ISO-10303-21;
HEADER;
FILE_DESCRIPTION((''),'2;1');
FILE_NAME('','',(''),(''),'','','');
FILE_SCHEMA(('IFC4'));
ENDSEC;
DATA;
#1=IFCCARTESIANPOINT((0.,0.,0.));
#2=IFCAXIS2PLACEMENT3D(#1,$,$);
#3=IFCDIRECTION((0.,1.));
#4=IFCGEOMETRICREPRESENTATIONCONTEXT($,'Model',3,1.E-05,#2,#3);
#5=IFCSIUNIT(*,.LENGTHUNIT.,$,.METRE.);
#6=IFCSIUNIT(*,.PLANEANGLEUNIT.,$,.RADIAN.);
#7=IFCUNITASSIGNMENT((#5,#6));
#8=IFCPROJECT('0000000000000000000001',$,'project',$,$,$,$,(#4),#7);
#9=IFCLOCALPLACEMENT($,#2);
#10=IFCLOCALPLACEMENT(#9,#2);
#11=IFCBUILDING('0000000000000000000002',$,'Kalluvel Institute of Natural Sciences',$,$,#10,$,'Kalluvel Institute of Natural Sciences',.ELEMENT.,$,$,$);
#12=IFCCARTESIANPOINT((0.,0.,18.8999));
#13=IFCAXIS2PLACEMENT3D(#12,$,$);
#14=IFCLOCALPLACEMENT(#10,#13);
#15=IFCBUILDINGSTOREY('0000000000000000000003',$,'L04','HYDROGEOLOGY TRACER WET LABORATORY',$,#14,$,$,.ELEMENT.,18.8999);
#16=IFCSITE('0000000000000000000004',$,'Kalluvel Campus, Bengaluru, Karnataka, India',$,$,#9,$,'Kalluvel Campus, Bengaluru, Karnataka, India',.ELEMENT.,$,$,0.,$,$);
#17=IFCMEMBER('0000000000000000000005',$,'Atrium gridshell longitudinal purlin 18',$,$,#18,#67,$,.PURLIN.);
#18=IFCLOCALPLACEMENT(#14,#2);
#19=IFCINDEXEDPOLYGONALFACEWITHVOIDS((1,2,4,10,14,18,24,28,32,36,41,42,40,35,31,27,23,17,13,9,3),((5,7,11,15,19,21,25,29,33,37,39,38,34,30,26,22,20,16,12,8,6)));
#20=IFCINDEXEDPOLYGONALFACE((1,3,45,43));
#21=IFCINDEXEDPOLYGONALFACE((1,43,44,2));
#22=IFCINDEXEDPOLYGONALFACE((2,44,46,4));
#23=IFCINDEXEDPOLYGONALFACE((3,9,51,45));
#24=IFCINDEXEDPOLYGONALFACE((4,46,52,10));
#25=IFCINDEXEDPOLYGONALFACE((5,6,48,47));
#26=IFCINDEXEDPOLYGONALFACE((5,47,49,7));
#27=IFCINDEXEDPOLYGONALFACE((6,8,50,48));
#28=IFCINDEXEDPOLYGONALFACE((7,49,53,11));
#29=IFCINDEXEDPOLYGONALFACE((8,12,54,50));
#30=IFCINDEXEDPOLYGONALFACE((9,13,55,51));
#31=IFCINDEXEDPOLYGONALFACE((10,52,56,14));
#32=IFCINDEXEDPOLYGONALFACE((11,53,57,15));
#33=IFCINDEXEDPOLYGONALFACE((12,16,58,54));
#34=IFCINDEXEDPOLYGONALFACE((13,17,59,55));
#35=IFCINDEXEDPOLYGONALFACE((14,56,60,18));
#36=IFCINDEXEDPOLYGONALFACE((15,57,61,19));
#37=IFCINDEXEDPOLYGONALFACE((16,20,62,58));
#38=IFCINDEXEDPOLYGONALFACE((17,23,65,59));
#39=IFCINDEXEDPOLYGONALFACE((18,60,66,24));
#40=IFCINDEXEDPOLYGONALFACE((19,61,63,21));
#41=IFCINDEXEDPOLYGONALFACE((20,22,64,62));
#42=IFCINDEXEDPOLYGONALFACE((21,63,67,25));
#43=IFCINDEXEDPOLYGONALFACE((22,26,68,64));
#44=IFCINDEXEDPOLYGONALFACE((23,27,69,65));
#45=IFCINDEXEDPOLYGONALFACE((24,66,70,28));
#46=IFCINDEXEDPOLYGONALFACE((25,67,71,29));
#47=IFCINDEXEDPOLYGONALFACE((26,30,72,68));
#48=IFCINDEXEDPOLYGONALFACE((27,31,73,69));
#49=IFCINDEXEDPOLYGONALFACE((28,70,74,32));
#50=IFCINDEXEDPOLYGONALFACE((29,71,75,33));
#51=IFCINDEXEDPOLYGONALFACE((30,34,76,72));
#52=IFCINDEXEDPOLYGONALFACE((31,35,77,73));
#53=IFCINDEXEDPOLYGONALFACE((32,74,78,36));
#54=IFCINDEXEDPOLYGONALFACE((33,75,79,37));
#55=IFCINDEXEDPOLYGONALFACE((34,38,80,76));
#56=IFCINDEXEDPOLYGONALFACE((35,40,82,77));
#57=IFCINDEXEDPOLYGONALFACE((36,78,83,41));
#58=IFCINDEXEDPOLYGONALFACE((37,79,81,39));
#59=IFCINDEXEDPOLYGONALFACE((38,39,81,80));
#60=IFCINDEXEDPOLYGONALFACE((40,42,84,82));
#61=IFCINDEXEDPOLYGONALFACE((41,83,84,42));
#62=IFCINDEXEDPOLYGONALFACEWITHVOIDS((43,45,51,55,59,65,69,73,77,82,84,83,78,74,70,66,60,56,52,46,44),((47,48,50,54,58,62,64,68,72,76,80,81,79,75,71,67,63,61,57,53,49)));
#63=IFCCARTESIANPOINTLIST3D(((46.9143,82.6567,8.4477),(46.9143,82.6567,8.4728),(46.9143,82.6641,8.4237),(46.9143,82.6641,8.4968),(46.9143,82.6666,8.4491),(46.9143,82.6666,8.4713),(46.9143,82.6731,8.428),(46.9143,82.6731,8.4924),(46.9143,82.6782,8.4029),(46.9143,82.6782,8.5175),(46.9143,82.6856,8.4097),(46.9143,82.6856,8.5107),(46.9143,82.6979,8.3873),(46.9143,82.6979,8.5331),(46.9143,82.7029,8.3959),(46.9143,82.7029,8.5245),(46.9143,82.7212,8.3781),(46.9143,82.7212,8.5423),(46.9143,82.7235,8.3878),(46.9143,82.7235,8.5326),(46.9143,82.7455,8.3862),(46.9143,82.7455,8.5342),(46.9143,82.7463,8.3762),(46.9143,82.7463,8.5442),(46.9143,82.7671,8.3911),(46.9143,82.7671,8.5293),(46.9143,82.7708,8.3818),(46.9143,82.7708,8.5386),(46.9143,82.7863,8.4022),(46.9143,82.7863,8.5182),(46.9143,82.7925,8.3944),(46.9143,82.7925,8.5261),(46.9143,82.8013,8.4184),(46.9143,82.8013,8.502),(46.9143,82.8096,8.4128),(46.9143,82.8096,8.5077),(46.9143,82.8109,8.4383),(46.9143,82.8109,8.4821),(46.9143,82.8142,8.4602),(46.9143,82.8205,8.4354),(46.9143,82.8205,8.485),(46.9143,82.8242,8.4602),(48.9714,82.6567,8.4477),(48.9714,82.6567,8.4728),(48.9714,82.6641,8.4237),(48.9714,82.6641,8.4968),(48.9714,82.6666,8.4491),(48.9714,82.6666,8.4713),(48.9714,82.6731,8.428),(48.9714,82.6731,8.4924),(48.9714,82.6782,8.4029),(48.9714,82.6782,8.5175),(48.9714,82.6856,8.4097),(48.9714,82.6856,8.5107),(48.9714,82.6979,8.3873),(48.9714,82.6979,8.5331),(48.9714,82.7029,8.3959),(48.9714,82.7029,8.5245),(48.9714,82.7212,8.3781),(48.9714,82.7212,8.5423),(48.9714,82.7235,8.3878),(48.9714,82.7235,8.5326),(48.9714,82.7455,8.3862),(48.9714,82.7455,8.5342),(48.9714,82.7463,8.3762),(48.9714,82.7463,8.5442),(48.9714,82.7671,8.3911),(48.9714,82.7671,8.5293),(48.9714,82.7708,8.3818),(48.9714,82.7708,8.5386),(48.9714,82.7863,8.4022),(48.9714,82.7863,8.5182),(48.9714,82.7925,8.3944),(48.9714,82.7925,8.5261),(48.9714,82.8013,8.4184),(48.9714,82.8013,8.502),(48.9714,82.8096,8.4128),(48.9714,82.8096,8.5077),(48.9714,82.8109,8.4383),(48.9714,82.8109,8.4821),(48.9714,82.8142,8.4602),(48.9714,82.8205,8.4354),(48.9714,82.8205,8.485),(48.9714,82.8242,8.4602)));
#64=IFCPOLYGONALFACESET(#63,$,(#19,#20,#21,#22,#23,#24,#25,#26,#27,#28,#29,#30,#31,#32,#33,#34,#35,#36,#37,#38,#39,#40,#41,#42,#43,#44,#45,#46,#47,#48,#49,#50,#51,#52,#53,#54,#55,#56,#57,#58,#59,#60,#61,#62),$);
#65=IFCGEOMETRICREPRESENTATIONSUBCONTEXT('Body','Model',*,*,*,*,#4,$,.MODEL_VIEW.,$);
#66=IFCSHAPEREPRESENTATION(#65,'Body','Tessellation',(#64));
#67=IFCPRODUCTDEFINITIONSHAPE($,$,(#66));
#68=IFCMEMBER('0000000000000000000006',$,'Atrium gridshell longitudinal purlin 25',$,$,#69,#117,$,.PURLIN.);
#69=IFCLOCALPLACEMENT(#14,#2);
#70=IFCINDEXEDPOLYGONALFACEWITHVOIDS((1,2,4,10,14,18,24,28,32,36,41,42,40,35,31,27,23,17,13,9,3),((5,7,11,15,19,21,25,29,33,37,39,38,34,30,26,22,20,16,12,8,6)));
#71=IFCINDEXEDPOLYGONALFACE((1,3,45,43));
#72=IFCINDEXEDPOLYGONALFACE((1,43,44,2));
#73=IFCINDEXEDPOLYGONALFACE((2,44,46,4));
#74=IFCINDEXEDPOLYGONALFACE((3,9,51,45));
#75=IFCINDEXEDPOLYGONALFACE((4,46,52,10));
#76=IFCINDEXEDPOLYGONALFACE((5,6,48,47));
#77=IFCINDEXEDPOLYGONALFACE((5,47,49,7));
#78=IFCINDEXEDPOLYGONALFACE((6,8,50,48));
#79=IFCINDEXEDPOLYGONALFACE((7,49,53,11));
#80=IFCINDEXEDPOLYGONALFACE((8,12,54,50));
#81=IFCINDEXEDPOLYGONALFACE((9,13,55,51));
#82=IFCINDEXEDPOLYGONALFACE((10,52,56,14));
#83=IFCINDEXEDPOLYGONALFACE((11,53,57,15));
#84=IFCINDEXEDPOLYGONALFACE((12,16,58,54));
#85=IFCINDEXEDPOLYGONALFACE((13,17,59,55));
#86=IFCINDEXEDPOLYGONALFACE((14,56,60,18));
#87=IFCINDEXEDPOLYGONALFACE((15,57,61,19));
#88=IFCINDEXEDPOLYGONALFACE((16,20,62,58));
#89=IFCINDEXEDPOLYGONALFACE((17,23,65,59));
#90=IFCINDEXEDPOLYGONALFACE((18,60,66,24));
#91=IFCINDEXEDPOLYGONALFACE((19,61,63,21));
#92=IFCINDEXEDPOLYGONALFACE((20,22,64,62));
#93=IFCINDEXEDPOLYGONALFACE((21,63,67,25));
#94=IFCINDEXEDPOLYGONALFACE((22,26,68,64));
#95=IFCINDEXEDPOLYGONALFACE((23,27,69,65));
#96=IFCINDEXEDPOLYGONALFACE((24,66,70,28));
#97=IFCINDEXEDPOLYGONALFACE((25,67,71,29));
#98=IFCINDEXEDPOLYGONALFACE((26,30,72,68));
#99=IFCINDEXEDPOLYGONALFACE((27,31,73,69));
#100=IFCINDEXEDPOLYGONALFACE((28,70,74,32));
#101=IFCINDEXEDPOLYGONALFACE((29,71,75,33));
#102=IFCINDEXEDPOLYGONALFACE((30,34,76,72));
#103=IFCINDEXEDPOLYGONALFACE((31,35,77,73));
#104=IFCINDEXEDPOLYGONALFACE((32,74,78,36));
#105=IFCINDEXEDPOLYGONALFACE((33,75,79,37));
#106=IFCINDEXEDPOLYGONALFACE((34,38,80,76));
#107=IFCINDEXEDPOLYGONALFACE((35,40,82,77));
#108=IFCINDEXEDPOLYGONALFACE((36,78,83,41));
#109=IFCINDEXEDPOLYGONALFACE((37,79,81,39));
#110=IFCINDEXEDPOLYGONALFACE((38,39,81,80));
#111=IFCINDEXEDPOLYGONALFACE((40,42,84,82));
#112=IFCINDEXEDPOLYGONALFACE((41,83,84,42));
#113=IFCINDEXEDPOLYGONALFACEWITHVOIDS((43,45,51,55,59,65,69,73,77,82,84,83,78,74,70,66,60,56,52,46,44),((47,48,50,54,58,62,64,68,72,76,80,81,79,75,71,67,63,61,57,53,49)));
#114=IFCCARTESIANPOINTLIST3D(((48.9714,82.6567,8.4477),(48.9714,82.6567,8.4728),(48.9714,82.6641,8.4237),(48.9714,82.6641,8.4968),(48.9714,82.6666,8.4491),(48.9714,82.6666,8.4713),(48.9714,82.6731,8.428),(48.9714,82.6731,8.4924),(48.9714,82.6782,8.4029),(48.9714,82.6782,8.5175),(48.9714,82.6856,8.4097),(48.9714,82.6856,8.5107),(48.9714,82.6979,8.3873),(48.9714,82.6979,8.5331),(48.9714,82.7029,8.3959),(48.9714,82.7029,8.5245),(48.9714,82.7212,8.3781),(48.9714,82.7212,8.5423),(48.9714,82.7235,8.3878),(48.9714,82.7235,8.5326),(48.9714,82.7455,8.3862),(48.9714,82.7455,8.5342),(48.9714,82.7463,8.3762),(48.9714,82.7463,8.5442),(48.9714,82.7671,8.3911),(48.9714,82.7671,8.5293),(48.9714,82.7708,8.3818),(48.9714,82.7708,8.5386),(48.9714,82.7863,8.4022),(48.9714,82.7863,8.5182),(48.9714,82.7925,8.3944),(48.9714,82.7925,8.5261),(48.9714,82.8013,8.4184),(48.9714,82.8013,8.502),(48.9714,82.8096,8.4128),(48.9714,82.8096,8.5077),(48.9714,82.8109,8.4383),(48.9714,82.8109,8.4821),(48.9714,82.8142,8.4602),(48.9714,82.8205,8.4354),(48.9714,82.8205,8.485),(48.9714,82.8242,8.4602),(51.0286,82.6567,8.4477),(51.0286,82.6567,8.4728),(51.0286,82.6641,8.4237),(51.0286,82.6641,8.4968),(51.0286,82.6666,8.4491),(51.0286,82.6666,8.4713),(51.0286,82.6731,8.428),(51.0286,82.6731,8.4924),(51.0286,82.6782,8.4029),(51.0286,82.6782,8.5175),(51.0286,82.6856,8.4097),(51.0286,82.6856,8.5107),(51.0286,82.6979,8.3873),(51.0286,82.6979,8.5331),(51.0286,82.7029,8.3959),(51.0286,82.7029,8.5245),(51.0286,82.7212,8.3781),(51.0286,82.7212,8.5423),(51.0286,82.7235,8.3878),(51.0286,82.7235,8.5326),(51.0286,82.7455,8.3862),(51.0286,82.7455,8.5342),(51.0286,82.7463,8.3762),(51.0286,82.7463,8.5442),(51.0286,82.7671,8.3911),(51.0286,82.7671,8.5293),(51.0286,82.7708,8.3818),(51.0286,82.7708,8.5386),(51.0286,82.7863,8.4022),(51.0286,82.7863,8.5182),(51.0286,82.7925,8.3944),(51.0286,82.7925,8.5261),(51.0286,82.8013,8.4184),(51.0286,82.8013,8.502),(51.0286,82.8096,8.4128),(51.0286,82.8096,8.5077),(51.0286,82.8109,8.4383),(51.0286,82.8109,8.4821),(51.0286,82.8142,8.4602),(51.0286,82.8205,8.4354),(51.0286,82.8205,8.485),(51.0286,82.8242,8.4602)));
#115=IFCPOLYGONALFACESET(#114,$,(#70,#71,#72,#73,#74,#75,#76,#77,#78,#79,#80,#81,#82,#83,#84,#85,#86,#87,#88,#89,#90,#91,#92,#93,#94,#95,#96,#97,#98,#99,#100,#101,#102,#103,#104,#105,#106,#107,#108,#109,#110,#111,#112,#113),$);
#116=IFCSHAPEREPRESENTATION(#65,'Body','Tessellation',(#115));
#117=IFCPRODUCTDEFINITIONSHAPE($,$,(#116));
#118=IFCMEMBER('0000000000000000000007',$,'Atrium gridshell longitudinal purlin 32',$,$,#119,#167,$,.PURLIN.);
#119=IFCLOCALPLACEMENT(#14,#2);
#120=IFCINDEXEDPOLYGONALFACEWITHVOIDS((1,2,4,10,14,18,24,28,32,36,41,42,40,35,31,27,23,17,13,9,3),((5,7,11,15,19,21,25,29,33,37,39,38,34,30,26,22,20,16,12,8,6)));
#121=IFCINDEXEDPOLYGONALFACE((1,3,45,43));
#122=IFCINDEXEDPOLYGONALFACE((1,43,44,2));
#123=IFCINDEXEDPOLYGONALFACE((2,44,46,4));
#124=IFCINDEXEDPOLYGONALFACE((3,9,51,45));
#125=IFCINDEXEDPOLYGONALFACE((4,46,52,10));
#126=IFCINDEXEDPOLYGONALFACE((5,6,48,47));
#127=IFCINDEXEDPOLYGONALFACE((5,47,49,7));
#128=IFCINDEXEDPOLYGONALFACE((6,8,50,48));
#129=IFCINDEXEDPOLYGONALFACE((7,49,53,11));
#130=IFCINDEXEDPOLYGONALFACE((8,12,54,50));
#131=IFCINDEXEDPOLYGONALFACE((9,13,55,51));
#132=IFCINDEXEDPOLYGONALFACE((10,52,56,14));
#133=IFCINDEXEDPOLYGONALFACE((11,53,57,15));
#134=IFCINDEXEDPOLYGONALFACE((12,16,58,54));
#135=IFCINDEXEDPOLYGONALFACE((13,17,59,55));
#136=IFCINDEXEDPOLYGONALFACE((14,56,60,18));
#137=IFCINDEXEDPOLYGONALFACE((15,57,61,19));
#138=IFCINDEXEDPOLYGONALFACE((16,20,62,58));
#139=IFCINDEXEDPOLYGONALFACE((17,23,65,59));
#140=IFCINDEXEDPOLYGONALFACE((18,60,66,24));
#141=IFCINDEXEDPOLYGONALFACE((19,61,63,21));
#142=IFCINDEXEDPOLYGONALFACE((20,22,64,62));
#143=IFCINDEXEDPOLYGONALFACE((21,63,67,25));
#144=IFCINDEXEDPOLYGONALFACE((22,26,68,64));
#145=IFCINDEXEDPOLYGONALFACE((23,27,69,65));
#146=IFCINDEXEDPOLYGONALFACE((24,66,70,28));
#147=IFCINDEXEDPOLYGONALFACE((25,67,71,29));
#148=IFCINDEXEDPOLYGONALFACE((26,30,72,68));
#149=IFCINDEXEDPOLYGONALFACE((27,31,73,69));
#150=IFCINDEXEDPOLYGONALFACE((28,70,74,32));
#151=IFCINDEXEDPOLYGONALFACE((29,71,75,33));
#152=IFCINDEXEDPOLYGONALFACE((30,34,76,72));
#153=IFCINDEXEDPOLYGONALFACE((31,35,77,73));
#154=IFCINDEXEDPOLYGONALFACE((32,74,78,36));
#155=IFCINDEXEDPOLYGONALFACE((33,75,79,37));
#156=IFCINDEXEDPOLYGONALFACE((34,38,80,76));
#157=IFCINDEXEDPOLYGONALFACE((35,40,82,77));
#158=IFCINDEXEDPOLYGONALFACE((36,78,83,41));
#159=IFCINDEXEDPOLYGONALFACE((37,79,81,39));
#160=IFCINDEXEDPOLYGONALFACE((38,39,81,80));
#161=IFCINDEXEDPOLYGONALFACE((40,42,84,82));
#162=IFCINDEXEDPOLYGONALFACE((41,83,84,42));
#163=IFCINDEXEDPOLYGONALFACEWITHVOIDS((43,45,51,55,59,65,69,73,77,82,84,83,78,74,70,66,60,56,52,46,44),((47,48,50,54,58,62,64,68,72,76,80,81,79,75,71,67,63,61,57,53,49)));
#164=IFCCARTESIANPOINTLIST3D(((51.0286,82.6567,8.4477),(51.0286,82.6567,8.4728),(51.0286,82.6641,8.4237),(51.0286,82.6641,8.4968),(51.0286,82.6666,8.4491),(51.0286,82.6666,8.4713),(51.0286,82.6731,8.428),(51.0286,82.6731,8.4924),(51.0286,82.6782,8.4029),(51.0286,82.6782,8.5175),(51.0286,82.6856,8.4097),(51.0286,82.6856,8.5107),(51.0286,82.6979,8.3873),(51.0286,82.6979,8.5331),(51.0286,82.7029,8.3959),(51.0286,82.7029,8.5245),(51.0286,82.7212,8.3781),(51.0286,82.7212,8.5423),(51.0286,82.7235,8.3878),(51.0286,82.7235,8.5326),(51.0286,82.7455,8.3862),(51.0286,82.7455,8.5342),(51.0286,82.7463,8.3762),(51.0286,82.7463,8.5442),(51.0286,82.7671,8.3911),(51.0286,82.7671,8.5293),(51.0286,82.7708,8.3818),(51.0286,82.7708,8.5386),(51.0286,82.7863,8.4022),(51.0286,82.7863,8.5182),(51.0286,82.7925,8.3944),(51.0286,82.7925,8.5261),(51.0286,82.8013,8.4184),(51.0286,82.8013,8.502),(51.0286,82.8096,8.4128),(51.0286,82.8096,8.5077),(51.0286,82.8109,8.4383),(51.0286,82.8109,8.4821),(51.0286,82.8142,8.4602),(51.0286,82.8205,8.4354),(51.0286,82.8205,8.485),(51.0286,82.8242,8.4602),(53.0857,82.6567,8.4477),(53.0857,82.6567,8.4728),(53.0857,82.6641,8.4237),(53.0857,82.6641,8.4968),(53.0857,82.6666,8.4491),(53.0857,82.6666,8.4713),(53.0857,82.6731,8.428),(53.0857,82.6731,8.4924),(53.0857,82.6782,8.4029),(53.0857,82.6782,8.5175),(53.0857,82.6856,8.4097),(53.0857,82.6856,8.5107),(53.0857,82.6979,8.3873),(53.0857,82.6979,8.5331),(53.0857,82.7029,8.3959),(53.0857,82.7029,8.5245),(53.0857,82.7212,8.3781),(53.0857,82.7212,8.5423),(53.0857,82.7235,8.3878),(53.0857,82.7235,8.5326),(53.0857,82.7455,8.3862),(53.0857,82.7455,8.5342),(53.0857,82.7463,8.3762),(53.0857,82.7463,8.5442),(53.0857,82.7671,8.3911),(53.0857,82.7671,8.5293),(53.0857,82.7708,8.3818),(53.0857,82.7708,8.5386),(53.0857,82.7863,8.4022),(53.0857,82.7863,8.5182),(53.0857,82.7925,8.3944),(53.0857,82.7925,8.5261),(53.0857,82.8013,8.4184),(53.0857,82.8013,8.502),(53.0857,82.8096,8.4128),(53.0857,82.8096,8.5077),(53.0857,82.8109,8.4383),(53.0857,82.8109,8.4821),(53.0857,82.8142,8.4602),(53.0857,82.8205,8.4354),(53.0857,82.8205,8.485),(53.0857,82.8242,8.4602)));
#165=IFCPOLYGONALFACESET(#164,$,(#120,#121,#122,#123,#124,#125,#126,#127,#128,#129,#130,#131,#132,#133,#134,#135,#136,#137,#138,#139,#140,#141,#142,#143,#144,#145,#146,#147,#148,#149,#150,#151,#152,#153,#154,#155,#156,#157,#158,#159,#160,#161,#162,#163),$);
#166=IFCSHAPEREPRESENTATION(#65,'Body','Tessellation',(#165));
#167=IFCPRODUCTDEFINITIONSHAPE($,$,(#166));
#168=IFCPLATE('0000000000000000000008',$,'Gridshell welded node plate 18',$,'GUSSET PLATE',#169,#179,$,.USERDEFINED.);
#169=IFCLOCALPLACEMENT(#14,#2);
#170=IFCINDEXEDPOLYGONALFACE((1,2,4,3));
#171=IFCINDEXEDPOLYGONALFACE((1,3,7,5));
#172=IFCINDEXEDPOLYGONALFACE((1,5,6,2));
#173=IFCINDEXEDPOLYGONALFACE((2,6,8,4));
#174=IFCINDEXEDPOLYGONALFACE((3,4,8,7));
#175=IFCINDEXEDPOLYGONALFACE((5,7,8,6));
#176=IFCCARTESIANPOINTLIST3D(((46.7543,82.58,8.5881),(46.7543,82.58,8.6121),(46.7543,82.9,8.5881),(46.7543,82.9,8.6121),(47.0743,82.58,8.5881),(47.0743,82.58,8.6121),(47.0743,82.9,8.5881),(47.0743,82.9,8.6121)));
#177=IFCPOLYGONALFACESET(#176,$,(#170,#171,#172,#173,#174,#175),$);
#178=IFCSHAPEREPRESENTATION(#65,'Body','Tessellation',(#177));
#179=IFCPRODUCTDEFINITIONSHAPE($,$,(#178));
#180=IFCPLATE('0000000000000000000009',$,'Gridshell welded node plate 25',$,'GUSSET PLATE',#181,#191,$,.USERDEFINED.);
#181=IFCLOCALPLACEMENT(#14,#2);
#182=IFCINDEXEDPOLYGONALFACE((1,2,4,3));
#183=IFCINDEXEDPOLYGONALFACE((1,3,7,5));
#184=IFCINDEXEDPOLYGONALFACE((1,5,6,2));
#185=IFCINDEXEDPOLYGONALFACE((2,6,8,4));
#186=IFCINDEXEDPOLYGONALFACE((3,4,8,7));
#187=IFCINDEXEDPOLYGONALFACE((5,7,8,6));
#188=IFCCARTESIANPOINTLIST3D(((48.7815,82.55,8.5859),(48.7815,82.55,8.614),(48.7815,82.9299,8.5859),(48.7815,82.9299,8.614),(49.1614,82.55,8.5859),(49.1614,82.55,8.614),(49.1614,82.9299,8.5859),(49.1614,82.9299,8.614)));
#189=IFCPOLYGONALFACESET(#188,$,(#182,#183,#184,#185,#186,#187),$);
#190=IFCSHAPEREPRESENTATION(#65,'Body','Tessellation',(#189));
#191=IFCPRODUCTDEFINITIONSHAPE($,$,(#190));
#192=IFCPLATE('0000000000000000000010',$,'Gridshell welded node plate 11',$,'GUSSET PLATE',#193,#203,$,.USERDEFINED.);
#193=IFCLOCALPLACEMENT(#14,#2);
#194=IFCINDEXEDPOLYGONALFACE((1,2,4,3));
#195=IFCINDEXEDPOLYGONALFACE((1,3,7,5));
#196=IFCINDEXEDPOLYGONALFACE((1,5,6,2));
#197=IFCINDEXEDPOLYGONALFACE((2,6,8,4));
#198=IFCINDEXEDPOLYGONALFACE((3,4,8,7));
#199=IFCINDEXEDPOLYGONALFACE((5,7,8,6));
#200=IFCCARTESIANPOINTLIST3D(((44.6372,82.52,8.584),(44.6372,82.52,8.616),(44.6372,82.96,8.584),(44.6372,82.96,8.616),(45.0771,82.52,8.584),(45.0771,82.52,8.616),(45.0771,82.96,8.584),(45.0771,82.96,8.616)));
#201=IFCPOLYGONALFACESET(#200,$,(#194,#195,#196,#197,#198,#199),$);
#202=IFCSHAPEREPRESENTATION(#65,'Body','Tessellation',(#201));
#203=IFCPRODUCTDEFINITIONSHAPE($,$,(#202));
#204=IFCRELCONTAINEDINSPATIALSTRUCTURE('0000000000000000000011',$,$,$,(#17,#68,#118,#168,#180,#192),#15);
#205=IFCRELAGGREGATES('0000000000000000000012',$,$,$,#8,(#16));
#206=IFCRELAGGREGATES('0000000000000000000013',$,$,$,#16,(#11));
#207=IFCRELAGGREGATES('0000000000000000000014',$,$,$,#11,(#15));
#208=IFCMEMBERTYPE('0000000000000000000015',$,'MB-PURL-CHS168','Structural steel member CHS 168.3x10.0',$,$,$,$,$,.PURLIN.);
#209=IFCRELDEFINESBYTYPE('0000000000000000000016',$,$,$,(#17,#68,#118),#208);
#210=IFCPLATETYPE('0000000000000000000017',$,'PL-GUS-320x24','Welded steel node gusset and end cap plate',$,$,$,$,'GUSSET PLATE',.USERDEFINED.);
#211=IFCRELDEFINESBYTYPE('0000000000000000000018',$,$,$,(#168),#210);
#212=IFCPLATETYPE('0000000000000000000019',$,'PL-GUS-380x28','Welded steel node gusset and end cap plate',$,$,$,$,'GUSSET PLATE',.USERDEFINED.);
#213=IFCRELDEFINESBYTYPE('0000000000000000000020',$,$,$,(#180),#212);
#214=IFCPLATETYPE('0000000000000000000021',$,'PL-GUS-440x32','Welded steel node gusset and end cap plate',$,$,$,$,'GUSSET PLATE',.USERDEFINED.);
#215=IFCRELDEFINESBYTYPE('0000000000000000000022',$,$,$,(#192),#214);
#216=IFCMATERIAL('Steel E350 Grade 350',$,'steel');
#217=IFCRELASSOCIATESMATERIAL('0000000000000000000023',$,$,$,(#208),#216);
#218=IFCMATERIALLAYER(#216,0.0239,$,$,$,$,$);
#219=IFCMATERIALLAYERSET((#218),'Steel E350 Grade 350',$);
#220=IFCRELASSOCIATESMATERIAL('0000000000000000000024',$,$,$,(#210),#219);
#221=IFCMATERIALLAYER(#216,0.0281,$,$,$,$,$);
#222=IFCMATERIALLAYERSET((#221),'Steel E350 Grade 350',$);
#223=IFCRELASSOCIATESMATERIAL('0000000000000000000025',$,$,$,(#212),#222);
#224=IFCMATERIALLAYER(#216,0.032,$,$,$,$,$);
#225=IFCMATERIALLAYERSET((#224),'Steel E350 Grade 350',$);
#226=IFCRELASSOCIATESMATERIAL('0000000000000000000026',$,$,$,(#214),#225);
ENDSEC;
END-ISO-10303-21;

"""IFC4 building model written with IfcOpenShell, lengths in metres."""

from ifc_helpers import new_model, si_unit, direction, frame, origin, origin_2d, place, context, subcontext, project, spatial, rectangle, hollow_circle, extrude, material, layer, layer_set, material_profile, profile_set, type_object, element, save


model = new_model("IFC4")

# Units and contexts
model_context = context("Model", 3, precision=1e-05, world=origin(), true_north=direction((0.0, 1.0)))
body_context = subcontext(model_context, "Body", "Model", "MODEL_VIEW")
ifc_project = project(units=[si_unit("LENGTHUNIT", "METRE"), si_unit("PLANEANGLEUNIT", "RADIAN")], contexts=[model_context])

# Site, building, storey
site_placement = place(None, origin())
site = spatial("IfcSite", under=ifc_project, at=site_placement, Name="Kalluvel Campus, Bengaluru, Karnataka, India", LongName="Kalluvel Campus, Bengaluru, Karnataka, India", CompositionType="ELEMENT", RefElevation=0.0)
building_placement = place(site_placement, origin())
building = spatial("IfcBuilding", under=site, at=building_placement, Name="Kalluvel Institute of Natural Sciences", LongName="Kalluvel Institute of Natural Sciences", CompositionType="ELEMENT")
storey_placement = place(building_placement, frame((0.0, 0.0, 18.8999)))
storey = spatial("IfcBuildingStorey", under=building, at=storey_placement, Name="L04", Description="HYDROGEOLOGY TRACER WET LABORATORY", CompositionType="ELEMENT", Elevation=18.8999)

# Members
ifc_material_1 = material(Name="Steel E350 Grade 350", Category="steel")
ifc_material_profile_1 = material_profile(ifc_material_1, hollow_circle(Radius=0.0842, WallThickness=0.01, at=origin_2d()), Name="CHS 168.3x10.0")
ifc_profile_set_1 = profile_set([ifc_material_profile_1], Name="Steel E350 Grade 350")
member_type_1 = type_object("IfcMemberType", Name="MB-PURL-CHS168", Description="Structural steel member CHS 168.3x10.0", PredefinedType="PURLIN", material=ifc_profile_set_1)
for number, where, z_axis, x_axis, name in (
    (1, (46.9143, 82.74, 8.4602), (1.0, 0.0, 0.0), (0.0, 1.0, 0.0), "Atrium gridshell longitudinal purlin 18"),
    (2, (48.9714, 82.74, 8.4602), (1.0, 0.0, 0.0), (0.0, 1.0, 0.0), "Atrium gridshell longitudinal purlin 25"),
    (3, (51.0286, 82.74, 8.4602), (1.0, 0.0, 0.0), (0.0, 1.0, 0.0), "Atrium gridshell longitudinal purlin 32"),
):
    element("IfcMember", number, at=place(storey_placement, frame(where, z_axis=z_axis, x_axis=x_axis)), inside=storey, type_object=member_type_1, Name=name, PredefinedType="PURLIN", context=body_context, shape_type="SweptSolid", body=[
        extrude(hollow_circle(Radius=0.0842, WallThickness=0.01, at=origin_2d()), origin(), (0.0, 0.0, 1.0), 2.0571),
    ])

# Plates
ifc_layer_1 = layer(ifc_material_1, 0.0239)
ifc_layer_set_1 = layer_set([ifc_layer_1], Name="Steel E350 Grade 350")
plate_type_1 = type_object("IfcPlateType", Name="PL-GUS-320x24", Description="Welded steel node gusset and end cap plate", ElementType="GUSSET PLATE", PredefinedType="USERDEFINED", material=ifc_layer_set_1)
plate_1_placement = place(storey_placement, frame((46.9143, 82.74, 8.5881), z_axis=(0.0, 0.0, 1.0), x_axis=(1.0, 0.0, 0.0)))
element("IfcPlate", 4, at=plate_1_placement, inside=storey, type_object=plate_type_1, Name="Gridshell welded node plate 18", ObjectType="GUSSET PLATE", PredefinedType="USERDEFINED", context=body_context, shape_type="SweptSolid", body=[
    extrude(rectangle(XDim=0.3201, YDim=0.3201, at=origin_2d()), origin(), (0.0, 0.0, 1.0), 0.0239),
])
ifc_layer_2 = layer(ifc_material_1, 0.0281)
ifc_layer_set_2 = layer_set([ifc_layer_2], Name="Steel E350 Grade 350")
plate_type_2 = type_object("IfcPlateType", Name="PL-GUS-380x28", Description="Welded steel node gusset and end cap plate", ElementType="GUSSET PLATE", PredefinedType="USERDEFINED", material=ifc_layer_set_2)
plate_2_placement = place(storey_placement, frame((48.9714, 82.74, 8.5859), z_axis=(0.0, 0.0, 1.0), x_axis=(1.0, 0.0, 0.0)))
element("IfcPlate", 5, at=plate_2_placement, inside=storey, type_object=plate_type_2, Name="Gridshell welded node plate 25", ObjectType="GUSSET PLATE", PredefinedType="USERDEFINED", context=body_context, shape_type="SweptSolid", body=[
    extrude(rectangle(XDim=0.3799, YDim=0.3799, at=origin_2d()), origin(), (0.0, 0.0, 1.0), 0.0281),
])
ifc_layer_3 = layer(ifc_material_1, 0.032)
ifc_layer_set_3 = layer_set([ifc_layer_3], Name="Steel E350 Grade 350")
plate_type_3 = type_object("IfcPlateType", Name="PL-GUS-440x32", Description="Welded steel node gusset and end cap plate", ElementType="GUSSET PLATE", PredefinedType="USERDEFINED", material=ifc_layer_set_3)
for number, where, z_axis, x_axis, name in (
    (6, (44.8572, 82.74, 8.584), (0.0, 0.0, 1.0), (1.0, 0.0, 0.0), "Gridshell welded node plate 11"),
):
    element("IfcPlate", number, at=place(storey_placement, frame(where, z_axis=z_axis, x_axis=x_axis)), inside=storey, type_object=plate_type_3, Name=name, ObjectType="GUSSET PLATE", PredefinedType="USERDEFINED", context=body_context, shape_type="SweptSolid", body=[
        extrude(rectangle(XDim=0.4399, YDim=0.4399, at=origin_2d()), origin(), (0.0, 0.0, 1.0), 0.032),
    ])

save(model, "model.ifc")
